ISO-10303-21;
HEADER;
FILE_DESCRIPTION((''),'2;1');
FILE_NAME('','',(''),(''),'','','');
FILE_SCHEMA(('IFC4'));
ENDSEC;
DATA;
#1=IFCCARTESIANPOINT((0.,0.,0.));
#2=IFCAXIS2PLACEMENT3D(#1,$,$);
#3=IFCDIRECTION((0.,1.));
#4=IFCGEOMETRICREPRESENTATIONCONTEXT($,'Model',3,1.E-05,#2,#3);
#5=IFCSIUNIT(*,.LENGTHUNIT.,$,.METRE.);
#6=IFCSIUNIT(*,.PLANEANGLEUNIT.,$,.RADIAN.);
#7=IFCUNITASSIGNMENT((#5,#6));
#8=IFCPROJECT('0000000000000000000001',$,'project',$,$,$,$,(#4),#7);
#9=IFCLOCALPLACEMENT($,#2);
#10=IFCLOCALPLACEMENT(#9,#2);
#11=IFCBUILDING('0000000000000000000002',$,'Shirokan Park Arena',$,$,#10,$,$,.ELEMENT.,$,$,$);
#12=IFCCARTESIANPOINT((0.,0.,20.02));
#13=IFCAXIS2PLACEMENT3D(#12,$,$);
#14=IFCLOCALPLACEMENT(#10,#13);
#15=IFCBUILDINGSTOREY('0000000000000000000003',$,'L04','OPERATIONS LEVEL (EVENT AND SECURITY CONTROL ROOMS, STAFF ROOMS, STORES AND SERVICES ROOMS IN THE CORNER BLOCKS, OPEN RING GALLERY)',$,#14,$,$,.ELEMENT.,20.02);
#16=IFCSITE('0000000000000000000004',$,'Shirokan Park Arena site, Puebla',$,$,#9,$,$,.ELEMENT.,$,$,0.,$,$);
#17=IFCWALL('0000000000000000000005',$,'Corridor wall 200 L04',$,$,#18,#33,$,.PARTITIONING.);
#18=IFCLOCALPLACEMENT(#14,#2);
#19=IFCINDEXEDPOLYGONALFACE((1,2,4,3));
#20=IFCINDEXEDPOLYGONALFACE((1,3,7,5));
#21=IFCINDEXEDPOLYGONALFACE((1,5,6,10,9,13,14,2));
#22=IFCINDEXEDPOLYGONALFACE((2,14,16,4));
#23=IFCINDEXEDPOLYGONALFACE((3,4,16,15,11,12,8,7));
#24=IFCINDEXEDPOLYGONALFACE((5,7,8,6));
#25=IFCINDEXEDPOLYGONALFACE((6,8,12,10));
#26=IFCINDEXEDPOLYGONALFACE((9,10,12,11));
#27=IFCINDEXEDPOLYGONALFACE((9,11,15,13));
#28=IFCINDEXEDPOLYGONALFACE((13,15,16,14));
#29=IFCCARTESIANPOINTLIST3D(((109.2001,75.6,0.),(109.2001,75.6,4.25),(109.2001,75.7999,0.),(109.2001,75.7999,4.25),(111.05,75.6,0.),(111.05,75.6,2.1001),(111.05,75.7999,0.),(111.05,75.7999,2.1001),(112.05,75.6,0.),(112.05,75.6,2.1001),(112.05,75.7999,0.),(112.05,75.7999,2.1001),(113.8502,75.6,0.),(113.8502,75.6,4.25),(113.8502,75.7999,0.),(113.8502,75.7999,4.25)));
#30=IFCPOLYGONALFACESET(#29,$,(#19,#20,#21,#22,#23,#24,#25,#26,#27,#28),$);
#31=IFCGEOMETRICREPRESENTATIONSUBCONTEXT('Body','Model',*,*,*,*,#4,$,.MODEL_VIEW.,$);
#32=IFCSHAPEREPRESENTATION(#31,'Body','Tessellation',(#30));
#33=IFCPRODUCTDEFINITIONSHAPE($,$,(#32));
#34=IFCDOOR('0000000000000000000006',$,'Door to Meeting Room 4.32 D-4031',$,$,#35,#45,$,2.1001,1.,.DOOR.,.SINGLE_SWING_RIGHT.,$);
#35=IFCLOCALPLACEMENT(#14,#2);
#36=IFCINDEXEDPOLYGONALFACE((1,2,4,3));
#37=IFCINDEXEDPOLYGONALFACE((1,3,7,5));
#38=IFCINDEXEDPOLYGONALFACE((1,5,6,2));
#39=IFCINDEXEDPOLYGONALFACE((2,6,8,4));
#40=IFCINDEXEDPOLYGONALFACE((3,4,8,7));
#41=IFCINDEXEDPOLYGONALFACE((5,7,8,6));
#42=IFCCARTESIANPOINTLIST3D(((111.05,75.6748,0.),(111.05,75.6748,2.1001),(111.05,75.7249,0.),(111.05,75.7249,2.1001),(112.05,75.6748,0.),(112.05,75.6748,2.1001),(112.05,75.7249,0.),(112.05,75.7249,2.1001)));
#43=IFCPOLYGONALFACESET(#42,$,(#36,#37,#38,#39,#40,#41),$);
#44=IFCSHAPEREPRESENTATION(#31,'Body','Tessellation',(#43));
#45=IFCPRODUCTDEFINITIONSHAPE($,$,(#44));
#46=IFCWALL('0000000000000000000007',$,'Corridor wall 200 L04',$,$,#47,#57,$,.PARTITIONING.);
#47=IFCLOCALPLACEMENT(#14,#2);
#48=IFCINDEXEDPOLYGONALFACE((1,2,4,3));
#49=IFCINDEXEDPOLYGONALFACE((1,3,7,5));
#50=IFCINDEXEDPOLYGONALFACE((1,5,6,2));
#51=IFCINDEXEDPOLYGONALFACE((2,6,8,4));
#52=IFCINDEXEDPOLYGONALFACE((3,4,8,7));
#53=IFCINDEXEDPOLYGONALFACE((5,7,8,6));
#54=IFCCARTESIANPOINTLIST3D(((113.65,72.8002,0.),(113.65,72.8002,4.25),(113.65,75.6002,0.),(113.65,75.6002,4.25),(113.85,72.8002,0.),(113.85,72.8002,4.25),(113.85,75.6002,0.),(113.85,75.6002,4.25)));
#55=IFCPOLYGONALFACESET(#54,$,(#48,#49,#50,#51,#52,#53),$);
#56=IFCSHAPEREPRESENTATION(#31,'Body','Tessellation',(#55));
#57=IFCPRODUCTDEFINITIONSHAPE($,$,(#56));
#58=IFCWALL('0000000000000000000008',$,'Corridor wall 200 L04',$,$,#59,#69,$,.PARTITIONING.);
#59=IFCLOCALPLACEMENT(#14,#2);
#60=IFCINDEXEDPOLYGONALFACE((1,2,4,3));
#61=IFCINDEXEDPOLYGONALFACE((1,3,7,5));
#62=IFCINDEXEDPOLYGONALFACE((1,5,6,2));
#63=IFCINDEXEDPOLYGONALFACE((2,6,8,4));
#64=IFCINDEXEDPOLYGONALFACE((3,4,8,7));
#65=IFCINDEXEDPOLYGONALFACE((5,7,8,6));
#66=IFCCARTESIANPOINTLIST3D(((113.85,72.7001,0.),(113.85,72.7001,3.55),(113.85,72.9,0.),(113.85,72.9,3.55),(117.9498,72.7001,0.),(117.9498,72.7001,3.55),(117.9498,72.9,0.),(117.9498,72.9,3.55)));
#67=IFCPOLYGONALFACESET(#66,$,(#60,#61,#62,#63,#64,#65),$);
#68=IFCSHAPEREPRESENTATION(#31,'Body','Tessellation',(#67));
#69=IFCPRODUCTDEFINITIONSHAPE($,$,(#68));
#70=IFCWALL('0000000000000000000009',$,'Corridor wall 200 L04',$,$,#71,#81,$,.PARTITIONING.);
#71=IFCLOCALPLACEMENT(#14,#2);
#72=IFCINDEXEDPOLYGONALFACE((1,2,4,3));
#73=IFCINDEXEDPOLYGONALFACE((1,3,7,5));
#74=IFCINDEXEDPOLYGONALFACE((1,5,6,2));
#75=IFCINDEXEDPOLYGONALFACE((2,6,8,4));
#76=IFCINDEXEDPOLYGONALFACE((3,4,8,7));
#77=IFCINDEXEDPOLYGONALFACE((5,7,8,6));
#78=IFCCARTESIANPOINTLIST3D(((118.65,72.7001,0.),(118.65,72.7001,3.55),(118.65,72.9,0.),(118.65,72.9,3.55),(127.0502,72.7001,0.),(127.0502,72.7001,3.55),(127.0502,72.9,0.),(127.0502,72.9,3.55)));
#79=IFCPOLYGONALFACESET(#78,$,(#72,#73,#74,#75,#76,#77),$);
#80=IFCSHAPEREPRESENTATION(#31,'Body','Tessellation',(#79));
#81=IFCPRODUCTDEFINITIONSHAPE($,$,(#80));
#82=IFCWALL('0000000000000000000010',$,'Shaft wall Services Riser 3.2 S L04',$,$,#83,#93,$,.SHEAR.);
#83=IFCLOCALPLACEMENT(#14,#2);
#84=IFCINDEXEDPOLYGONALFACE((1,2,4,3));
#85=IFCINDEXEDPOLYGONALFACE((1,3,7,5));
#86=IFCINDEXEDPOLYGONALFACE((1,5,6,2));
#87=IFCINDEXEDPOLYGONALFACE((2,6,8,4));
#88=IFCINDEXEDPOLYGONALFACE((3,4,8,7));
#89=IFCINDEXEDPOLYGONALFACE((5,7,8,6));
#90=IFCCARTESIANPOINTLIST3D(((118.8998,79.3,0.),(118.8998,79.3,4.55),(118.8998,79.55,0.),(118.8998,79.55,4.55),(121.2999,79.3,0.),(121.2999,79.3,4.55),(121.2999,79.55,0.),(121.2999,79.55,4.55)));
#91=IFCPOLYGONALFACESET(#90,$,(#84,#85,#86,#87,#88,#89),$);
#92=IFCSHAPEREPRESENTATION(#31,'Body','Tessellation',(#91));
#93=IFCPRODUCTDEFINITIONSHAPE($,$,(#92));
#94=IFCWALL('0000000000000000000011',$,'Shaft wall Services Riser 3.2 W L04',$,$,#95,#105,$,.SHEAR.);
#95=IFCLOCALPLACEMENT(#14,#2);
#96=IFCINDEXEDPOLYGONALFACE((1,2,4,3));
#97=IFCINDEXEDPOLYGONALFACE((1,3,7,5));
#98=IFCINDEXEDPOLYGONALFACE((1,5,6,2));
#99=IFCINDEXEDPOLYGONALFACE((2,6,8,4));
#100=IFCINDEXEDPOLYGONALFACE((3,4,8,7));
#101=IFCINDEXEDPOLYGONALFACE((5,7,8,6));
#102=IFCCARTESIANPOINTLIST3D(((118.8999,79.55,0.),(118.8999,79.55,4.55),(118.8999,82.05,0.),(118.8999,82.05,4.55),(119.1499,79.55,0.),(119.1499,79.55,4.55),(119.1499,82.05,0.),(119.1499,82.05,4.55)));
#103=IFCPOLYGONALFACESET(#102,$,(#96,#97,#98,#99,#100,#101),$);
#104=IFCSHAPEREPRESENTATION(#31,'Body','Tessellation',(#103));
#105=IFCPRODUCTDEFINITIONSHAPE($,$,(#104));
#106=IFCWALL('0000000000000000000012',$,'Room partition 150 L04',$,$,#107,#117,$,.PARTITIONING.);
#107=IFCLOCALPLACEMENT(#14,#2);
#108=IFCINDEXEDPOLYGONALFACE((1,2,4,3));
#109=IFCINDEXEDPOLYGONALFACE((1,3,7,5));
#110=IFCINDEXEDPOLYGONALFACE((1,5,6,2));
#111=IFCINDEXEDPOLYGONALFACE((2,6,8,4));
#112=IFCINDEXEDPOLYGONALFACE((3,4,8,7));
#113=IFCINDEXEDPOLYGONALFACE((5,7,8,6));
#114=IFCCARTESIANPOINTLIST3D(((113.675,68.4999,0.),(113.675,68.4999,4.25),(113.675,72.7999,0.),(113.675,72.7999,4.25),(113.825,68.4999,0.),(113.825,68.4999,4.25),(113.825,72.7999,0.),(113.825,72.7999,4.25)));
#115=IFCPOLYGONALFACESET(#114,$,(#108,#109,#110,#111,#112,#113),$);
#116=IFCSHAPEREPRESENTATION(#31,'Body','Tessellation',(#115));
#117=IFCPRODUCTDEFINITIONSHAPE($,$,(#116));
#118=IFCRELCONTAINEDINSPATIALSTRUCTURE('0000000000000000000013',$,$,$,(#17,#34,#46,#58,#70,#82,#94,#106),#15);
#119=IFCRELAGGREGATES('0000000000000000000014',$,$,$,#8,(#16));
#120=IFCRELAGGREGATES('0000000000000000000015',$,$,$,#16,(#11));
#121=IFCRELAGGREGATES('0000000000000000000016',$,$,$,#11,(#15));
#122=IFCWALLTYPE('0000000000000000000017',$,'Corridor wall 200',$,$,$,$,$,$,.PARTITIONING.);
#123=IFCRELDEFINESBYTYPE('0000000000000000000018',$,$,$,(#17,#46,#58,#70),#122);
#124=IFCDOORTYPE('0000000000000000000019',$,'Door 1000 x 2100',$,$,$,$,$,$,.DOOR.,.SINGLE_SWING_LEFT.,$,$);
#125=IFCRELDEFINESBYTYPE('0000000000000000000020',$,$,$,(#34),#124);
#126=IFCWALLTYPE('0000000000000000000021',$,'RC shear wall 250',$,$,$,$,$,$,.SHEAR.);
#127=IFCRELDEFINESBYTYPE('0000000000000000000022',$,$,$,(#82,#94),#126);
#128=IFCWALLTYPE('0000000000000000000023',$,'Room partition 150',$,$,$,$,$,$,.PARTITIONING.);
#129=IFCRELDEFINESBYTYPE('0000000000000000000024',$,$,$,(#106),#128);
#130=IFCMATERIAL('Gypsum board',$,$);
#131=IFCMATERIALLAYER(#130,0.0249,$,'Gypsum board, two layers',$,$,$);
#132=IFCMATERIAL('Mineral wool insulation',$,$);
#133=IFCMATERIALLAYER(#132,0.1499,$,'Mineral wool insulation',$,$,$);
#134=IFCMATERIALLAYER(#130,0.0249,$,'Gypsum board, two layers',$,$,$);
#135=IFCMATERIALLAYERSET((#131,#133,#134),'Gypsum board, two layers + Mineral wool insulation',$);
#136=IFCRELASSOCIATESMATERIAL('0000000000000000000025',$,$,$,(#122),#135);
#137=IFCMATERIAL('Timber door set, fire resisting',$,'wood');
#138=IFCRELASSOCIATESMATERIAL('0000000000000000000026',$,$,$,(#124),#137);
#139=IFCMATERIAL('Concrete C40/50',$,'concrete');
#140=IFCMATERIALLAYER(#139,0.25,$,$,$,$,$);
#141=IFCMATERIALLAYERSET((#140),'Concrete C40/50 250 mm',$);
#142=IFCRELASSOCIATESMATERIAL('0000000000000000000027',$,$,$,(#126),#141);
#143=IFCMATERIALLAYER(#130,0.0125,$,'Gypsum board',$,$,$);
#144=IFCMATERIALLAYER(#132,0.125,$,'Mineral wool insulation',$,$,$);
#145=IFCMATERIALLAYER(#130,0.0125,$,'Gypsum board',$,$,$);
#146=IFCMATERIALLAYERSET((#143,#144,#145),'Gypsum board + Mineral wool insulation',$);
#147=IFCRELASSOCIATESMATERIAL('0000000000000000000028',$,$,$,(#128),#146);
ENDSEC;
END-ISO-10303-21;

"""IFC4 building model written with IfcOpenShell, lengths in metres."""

from ifc_helpers import new_model, si_unit, direction, frame, frame_2d, origin, place, context, subcontext, project, spatial, rectangle, extrude, material, layer, layer_set, type_object, element, fill, save


model = new_model("IFC4")

# Units and contexts
model_context = context("Model", 3, precision=1e-05, world=origin(), true_north=direction((0.0, 1.0)))
body_context = subcontext(model_context, "Body", "Model", "MODEL_VIEW")
ifc_project = project(units=[si_unit("LENGTHUNIT", "METRE"), si_unit("PLANEANGLEUNIT", "RADIAN")], contexts=[model_context])

# Site, building, storey
site_placement = place(None, origin())
site = spatial("IfcSite", under=ifc_project, at=site_placement, Name="Shirokan Park Arena site, Puebla", CompositionType="ELEMENT", RefElevation=0.0)
building_placement = place(site_placement, origin())
building = spatial("IfcBuilding", under=site, at=building_placement, Name="Shirokan Park Arena", CompositionType="ELEMENT")
storey_placement = place(building_placement, frame((0.0, 0.0, 20.02)))
storey = spatial("IfcBuildingStorey", under=building, at=storey_placement, Name="L04", Description="OPERATIONS LEVEL (EVENT AND SECURITY CONTROL ROOMS, STAFF ROOMS, STORES AND SERVICES ROOMS IN THE CORNER BLOCKS, OPEN RING GALLERY)", CompositionType="ELEMENT", Elevation=20.02)

# Wall, opening, door
ifc_material_1 = material(Name="Gypsum board")
ifc_layer_1 = layer(ifc_material_1, 0.0249, Name="Gypsum board, two layers")
ifc_material_2 = material(Name="Mineral wool insulation")
ifc_layer_2 = layer(ifc_material_2, 0.1499, Name="Mineral wool insulation")
ifc_layer_3 = layer(ifc_material_1, 0.0249, Name="Gypsum board, two layers")
ifc_layer_set_1 = layer_set([ifc_layer_1, ifc_layer_2, ifc_layer_3], Name="Gypsum board, two layers + Mineral wool insulation")
wall_type_1 = type_object("IfcWallType", Name="Corridor wall 200", PredefinedType="PARTITIONING", material=ifc_layer_set_1)
wall_1_placement = place(storey_placement, frame((109.2, 75.7, 0.0), z_axis=(0.0, 0.0, 1.0), x_axis=(1.0, 0.0, 0.0)))
wall_1 = element("IfcWall", 1, at=wall_1_placement, inside=storey, type_object=wall_type_1, Name="Corridor wall 200 L04", PredefinedType="PARTITIONING", context=body_context, shape_type="SweptSolid", body=[
    extrude(rectangle(XDim=4.6501, YDim=0.2, at=frame_2d((2.3252, 0.0))), origin(), (0.0, 0.0, 1.0), 4.25),
])
opening_placement = place(wall_1_placement, frame((1.8501, 0.0, 0.0)))
opening = element("IfcOpeningElement", 2, at=opening_placement, cuts=wall_1, PredefinedType="OPENING", context=body_context, shape_type="SweptSolid", body=[
    extrude(rectangle(XDim=1.0, YDim=2.1001, at=frame_2d((0.5, 1.05))), frame((0.0, 0.1099, 0.0), z_axis=(0.0, -1.0, 0.0), x_axis=(1.0, 0.0, 0.0)), (0.0, 0.0, 1.0), 0.22),
])
ifc_material_3 = material(Name="Timber door set, fire resisting", Category="wood")
door_type = type_object("IfcDoorType", Name="Door 1000 x 2100", OperationType="SINGLE_SWING_LEFT", PredefinedType="DOOR", material=ifc_material_3)
door_placement = place(opening_placement, origin())
door = element("IfcDoor", 3, at=door_placement, inside=storey, type_object=door_type, Name="Door to Meeting Room 4.32 D-4031", OperationType="SINGLE_SWING_RIGHT", OverallHeight=2.1001, OverallWidth=1.0, PredefinedType="DOOR", context=body_context, shape_type="SweptSolid", body=[
    extrude(rectangle(XDim=1.0, YDim=2.1001, at=frame_2d((0.5, 1.05))), frame((0.0, 0.0249, 0.0), z_axis=(0.0, -1.0, 0.0), x_axis=(1.0, 0.0, 0.0)), (0.0, 0.0, 1.0), 0.05),
])
fill(opening, door)

# Walls
wall_2_placement = place(storey_placement, frame((113.75, 75.6001, 0.0), z_axis=(0.0, 0.0, 1.0), x_axis=(0.0, -1.0, 0.0)))
element("IfcWall", 4, at=wall_2_placement, inside=storey, type_object=wall_type_1, Name="Corridor wall 200 L04", PredefinedType="PARTITIONING", context=body_context, shape_type="SweptSolid", body=[
    extrude(rectangle(XDim=2.8, YDim=0.2, at=frame_2d((1.3999, 0.0))), origin(), (0.0, 0.0, 1.0), 4.25),
])
wall_3_placement = place(storey_placement, frame((113.8501, 72.8, 0.0), z_axis=(0.0, 0.0, 1.0), x_axis=(1.0, 0.0, 0.0)))
element("IfcWall", 5, at=wall_3_placement, inside=storey, type_object=wall_type_1, Name="Corridor wall 200 L04", PredefinedType="PARTITIONING", context=body_context, shape_type="SweptSolid", body=[
    extrude(rectangle(XDim=4.0999, YDim=0.2, at=frame_2d((2.0498, 0.0))), origin(), (0.0, 0.0, 1.0), 3.55),
])
wall_4_placement = place(storey_placement, frame((118.6499, 72.8, 0.0), z_axis=(0.0, 0.0, 1.0), x_axis=(1.0, 0.0, 0.0)))
element("IfcWall", 6, at=wall_4_placement, inside=storey, type_object=wall_type_1, Name="Corridor wall 200 L04", PredefinedType="PARTITIONING", context=body_context, shape_type="SweptSolid", body=[
    extrude(rectangle(XDim=8.4001, YDim=0.2, at=frame_2d((4.2002, 0.0))), origin(), (0.0, 0.0, 1.0), 3.55),
])
ifc_material_4 = material(Name="Concrete C40/50", Category="concrete")
ifc_layer_4 = layer(ifc_material_4, 0.25)
ifc_layer_set_2 = layer_set([ifc_layer_4], Name="Concrete C40/50 250 mm")
wall_type_2 = type_object("IfcWallType", Name="RC shear wall 250", PredefinedType="SHEAR", material=ifc_layer_set_2)
wall_5_placement = place(storey_placement, frame((121.3, 79.425, 0.0), z_axis=(0.0, 0.0, 1.0), x_axis=(-1.0, 0.0, 0.0)))
element("IfcWall", 7, at=wall_5_placement, inside=storey, type_object=wall_type_2, Name="Shaft wall Services Riser 3.2 S L04", PredefinedType="SHEAR", context=body_context, shape_type="SweptSolid", body=[
    extrude(rectangle(XDim=2.4001, YDim=0.25, at=frame_2d((1.2002, 0.0))), origin(), (0.0, 0.0, 1.0), 4.55),
])
wall_6_placement = place(storey_placement, frame((119.0249, 82.05, 0.0), z_axis=(0.0, 0.0, 1.0), x_axis=(0.0, -1.0, 0.0)))
element("IfcWall", 8, at=wall_6_placement, inside=storey, type_object=wall_type_2, Name="Shaft wall Services Riser 3.2 W L04", PredefinedType="SHEAR", context=body_context, shape_type="SweptSolid", body=[
    extrude(rectangle(XDim=2.5, YDim=0.25, at=frame_2d((1.25, 0.0))), origin(), (0.0, 0.0, 1.0), 4.55),
])
ifc_layer_5 = layer(ifc_material_1, 0.0125, Name="Gypsum board")
ifc_layer_6 = layer(ifc_material_2, 0.125, Name="Mineral wool insulation")
ifc_layer_7 = layer(ifc_material_1, 0.0125, Name="Gypsum board")
ifc_layer_set_3 = layer_set([ifc_layer_5, ifc_layer_6, ifc_layer_7], Name="Gypsum board + Mineral wool insulation")
wall_type_3 = type_object("IfcWallType", Name="Room partition 150", PredefinedType="PARTITIONING", material=ifc_layer_set_3)
wall_7_placement = place(storey_placement, frame((113.75, 68.5, 0.0), z_axis=(0.0, 0.0, 1.0), x_axis=(0.0, 1.0, 0.0)))
element("IfcWall", 9, at=wall_7_placement, inside=storey, type_object=wall_type_3, Name="Room partition 150 L04", PredefinedType="PARTITIONING", context=body_context, shape_type="SweptSolid", body=[
    extrude(rectangle(XDim=4.3, YDim=0.1499, at=frame_2d((2.1499, 0.0))), origin(), (0.0, 0.0, 1.0), 4.25),
])

save(model, "model.ifc")
